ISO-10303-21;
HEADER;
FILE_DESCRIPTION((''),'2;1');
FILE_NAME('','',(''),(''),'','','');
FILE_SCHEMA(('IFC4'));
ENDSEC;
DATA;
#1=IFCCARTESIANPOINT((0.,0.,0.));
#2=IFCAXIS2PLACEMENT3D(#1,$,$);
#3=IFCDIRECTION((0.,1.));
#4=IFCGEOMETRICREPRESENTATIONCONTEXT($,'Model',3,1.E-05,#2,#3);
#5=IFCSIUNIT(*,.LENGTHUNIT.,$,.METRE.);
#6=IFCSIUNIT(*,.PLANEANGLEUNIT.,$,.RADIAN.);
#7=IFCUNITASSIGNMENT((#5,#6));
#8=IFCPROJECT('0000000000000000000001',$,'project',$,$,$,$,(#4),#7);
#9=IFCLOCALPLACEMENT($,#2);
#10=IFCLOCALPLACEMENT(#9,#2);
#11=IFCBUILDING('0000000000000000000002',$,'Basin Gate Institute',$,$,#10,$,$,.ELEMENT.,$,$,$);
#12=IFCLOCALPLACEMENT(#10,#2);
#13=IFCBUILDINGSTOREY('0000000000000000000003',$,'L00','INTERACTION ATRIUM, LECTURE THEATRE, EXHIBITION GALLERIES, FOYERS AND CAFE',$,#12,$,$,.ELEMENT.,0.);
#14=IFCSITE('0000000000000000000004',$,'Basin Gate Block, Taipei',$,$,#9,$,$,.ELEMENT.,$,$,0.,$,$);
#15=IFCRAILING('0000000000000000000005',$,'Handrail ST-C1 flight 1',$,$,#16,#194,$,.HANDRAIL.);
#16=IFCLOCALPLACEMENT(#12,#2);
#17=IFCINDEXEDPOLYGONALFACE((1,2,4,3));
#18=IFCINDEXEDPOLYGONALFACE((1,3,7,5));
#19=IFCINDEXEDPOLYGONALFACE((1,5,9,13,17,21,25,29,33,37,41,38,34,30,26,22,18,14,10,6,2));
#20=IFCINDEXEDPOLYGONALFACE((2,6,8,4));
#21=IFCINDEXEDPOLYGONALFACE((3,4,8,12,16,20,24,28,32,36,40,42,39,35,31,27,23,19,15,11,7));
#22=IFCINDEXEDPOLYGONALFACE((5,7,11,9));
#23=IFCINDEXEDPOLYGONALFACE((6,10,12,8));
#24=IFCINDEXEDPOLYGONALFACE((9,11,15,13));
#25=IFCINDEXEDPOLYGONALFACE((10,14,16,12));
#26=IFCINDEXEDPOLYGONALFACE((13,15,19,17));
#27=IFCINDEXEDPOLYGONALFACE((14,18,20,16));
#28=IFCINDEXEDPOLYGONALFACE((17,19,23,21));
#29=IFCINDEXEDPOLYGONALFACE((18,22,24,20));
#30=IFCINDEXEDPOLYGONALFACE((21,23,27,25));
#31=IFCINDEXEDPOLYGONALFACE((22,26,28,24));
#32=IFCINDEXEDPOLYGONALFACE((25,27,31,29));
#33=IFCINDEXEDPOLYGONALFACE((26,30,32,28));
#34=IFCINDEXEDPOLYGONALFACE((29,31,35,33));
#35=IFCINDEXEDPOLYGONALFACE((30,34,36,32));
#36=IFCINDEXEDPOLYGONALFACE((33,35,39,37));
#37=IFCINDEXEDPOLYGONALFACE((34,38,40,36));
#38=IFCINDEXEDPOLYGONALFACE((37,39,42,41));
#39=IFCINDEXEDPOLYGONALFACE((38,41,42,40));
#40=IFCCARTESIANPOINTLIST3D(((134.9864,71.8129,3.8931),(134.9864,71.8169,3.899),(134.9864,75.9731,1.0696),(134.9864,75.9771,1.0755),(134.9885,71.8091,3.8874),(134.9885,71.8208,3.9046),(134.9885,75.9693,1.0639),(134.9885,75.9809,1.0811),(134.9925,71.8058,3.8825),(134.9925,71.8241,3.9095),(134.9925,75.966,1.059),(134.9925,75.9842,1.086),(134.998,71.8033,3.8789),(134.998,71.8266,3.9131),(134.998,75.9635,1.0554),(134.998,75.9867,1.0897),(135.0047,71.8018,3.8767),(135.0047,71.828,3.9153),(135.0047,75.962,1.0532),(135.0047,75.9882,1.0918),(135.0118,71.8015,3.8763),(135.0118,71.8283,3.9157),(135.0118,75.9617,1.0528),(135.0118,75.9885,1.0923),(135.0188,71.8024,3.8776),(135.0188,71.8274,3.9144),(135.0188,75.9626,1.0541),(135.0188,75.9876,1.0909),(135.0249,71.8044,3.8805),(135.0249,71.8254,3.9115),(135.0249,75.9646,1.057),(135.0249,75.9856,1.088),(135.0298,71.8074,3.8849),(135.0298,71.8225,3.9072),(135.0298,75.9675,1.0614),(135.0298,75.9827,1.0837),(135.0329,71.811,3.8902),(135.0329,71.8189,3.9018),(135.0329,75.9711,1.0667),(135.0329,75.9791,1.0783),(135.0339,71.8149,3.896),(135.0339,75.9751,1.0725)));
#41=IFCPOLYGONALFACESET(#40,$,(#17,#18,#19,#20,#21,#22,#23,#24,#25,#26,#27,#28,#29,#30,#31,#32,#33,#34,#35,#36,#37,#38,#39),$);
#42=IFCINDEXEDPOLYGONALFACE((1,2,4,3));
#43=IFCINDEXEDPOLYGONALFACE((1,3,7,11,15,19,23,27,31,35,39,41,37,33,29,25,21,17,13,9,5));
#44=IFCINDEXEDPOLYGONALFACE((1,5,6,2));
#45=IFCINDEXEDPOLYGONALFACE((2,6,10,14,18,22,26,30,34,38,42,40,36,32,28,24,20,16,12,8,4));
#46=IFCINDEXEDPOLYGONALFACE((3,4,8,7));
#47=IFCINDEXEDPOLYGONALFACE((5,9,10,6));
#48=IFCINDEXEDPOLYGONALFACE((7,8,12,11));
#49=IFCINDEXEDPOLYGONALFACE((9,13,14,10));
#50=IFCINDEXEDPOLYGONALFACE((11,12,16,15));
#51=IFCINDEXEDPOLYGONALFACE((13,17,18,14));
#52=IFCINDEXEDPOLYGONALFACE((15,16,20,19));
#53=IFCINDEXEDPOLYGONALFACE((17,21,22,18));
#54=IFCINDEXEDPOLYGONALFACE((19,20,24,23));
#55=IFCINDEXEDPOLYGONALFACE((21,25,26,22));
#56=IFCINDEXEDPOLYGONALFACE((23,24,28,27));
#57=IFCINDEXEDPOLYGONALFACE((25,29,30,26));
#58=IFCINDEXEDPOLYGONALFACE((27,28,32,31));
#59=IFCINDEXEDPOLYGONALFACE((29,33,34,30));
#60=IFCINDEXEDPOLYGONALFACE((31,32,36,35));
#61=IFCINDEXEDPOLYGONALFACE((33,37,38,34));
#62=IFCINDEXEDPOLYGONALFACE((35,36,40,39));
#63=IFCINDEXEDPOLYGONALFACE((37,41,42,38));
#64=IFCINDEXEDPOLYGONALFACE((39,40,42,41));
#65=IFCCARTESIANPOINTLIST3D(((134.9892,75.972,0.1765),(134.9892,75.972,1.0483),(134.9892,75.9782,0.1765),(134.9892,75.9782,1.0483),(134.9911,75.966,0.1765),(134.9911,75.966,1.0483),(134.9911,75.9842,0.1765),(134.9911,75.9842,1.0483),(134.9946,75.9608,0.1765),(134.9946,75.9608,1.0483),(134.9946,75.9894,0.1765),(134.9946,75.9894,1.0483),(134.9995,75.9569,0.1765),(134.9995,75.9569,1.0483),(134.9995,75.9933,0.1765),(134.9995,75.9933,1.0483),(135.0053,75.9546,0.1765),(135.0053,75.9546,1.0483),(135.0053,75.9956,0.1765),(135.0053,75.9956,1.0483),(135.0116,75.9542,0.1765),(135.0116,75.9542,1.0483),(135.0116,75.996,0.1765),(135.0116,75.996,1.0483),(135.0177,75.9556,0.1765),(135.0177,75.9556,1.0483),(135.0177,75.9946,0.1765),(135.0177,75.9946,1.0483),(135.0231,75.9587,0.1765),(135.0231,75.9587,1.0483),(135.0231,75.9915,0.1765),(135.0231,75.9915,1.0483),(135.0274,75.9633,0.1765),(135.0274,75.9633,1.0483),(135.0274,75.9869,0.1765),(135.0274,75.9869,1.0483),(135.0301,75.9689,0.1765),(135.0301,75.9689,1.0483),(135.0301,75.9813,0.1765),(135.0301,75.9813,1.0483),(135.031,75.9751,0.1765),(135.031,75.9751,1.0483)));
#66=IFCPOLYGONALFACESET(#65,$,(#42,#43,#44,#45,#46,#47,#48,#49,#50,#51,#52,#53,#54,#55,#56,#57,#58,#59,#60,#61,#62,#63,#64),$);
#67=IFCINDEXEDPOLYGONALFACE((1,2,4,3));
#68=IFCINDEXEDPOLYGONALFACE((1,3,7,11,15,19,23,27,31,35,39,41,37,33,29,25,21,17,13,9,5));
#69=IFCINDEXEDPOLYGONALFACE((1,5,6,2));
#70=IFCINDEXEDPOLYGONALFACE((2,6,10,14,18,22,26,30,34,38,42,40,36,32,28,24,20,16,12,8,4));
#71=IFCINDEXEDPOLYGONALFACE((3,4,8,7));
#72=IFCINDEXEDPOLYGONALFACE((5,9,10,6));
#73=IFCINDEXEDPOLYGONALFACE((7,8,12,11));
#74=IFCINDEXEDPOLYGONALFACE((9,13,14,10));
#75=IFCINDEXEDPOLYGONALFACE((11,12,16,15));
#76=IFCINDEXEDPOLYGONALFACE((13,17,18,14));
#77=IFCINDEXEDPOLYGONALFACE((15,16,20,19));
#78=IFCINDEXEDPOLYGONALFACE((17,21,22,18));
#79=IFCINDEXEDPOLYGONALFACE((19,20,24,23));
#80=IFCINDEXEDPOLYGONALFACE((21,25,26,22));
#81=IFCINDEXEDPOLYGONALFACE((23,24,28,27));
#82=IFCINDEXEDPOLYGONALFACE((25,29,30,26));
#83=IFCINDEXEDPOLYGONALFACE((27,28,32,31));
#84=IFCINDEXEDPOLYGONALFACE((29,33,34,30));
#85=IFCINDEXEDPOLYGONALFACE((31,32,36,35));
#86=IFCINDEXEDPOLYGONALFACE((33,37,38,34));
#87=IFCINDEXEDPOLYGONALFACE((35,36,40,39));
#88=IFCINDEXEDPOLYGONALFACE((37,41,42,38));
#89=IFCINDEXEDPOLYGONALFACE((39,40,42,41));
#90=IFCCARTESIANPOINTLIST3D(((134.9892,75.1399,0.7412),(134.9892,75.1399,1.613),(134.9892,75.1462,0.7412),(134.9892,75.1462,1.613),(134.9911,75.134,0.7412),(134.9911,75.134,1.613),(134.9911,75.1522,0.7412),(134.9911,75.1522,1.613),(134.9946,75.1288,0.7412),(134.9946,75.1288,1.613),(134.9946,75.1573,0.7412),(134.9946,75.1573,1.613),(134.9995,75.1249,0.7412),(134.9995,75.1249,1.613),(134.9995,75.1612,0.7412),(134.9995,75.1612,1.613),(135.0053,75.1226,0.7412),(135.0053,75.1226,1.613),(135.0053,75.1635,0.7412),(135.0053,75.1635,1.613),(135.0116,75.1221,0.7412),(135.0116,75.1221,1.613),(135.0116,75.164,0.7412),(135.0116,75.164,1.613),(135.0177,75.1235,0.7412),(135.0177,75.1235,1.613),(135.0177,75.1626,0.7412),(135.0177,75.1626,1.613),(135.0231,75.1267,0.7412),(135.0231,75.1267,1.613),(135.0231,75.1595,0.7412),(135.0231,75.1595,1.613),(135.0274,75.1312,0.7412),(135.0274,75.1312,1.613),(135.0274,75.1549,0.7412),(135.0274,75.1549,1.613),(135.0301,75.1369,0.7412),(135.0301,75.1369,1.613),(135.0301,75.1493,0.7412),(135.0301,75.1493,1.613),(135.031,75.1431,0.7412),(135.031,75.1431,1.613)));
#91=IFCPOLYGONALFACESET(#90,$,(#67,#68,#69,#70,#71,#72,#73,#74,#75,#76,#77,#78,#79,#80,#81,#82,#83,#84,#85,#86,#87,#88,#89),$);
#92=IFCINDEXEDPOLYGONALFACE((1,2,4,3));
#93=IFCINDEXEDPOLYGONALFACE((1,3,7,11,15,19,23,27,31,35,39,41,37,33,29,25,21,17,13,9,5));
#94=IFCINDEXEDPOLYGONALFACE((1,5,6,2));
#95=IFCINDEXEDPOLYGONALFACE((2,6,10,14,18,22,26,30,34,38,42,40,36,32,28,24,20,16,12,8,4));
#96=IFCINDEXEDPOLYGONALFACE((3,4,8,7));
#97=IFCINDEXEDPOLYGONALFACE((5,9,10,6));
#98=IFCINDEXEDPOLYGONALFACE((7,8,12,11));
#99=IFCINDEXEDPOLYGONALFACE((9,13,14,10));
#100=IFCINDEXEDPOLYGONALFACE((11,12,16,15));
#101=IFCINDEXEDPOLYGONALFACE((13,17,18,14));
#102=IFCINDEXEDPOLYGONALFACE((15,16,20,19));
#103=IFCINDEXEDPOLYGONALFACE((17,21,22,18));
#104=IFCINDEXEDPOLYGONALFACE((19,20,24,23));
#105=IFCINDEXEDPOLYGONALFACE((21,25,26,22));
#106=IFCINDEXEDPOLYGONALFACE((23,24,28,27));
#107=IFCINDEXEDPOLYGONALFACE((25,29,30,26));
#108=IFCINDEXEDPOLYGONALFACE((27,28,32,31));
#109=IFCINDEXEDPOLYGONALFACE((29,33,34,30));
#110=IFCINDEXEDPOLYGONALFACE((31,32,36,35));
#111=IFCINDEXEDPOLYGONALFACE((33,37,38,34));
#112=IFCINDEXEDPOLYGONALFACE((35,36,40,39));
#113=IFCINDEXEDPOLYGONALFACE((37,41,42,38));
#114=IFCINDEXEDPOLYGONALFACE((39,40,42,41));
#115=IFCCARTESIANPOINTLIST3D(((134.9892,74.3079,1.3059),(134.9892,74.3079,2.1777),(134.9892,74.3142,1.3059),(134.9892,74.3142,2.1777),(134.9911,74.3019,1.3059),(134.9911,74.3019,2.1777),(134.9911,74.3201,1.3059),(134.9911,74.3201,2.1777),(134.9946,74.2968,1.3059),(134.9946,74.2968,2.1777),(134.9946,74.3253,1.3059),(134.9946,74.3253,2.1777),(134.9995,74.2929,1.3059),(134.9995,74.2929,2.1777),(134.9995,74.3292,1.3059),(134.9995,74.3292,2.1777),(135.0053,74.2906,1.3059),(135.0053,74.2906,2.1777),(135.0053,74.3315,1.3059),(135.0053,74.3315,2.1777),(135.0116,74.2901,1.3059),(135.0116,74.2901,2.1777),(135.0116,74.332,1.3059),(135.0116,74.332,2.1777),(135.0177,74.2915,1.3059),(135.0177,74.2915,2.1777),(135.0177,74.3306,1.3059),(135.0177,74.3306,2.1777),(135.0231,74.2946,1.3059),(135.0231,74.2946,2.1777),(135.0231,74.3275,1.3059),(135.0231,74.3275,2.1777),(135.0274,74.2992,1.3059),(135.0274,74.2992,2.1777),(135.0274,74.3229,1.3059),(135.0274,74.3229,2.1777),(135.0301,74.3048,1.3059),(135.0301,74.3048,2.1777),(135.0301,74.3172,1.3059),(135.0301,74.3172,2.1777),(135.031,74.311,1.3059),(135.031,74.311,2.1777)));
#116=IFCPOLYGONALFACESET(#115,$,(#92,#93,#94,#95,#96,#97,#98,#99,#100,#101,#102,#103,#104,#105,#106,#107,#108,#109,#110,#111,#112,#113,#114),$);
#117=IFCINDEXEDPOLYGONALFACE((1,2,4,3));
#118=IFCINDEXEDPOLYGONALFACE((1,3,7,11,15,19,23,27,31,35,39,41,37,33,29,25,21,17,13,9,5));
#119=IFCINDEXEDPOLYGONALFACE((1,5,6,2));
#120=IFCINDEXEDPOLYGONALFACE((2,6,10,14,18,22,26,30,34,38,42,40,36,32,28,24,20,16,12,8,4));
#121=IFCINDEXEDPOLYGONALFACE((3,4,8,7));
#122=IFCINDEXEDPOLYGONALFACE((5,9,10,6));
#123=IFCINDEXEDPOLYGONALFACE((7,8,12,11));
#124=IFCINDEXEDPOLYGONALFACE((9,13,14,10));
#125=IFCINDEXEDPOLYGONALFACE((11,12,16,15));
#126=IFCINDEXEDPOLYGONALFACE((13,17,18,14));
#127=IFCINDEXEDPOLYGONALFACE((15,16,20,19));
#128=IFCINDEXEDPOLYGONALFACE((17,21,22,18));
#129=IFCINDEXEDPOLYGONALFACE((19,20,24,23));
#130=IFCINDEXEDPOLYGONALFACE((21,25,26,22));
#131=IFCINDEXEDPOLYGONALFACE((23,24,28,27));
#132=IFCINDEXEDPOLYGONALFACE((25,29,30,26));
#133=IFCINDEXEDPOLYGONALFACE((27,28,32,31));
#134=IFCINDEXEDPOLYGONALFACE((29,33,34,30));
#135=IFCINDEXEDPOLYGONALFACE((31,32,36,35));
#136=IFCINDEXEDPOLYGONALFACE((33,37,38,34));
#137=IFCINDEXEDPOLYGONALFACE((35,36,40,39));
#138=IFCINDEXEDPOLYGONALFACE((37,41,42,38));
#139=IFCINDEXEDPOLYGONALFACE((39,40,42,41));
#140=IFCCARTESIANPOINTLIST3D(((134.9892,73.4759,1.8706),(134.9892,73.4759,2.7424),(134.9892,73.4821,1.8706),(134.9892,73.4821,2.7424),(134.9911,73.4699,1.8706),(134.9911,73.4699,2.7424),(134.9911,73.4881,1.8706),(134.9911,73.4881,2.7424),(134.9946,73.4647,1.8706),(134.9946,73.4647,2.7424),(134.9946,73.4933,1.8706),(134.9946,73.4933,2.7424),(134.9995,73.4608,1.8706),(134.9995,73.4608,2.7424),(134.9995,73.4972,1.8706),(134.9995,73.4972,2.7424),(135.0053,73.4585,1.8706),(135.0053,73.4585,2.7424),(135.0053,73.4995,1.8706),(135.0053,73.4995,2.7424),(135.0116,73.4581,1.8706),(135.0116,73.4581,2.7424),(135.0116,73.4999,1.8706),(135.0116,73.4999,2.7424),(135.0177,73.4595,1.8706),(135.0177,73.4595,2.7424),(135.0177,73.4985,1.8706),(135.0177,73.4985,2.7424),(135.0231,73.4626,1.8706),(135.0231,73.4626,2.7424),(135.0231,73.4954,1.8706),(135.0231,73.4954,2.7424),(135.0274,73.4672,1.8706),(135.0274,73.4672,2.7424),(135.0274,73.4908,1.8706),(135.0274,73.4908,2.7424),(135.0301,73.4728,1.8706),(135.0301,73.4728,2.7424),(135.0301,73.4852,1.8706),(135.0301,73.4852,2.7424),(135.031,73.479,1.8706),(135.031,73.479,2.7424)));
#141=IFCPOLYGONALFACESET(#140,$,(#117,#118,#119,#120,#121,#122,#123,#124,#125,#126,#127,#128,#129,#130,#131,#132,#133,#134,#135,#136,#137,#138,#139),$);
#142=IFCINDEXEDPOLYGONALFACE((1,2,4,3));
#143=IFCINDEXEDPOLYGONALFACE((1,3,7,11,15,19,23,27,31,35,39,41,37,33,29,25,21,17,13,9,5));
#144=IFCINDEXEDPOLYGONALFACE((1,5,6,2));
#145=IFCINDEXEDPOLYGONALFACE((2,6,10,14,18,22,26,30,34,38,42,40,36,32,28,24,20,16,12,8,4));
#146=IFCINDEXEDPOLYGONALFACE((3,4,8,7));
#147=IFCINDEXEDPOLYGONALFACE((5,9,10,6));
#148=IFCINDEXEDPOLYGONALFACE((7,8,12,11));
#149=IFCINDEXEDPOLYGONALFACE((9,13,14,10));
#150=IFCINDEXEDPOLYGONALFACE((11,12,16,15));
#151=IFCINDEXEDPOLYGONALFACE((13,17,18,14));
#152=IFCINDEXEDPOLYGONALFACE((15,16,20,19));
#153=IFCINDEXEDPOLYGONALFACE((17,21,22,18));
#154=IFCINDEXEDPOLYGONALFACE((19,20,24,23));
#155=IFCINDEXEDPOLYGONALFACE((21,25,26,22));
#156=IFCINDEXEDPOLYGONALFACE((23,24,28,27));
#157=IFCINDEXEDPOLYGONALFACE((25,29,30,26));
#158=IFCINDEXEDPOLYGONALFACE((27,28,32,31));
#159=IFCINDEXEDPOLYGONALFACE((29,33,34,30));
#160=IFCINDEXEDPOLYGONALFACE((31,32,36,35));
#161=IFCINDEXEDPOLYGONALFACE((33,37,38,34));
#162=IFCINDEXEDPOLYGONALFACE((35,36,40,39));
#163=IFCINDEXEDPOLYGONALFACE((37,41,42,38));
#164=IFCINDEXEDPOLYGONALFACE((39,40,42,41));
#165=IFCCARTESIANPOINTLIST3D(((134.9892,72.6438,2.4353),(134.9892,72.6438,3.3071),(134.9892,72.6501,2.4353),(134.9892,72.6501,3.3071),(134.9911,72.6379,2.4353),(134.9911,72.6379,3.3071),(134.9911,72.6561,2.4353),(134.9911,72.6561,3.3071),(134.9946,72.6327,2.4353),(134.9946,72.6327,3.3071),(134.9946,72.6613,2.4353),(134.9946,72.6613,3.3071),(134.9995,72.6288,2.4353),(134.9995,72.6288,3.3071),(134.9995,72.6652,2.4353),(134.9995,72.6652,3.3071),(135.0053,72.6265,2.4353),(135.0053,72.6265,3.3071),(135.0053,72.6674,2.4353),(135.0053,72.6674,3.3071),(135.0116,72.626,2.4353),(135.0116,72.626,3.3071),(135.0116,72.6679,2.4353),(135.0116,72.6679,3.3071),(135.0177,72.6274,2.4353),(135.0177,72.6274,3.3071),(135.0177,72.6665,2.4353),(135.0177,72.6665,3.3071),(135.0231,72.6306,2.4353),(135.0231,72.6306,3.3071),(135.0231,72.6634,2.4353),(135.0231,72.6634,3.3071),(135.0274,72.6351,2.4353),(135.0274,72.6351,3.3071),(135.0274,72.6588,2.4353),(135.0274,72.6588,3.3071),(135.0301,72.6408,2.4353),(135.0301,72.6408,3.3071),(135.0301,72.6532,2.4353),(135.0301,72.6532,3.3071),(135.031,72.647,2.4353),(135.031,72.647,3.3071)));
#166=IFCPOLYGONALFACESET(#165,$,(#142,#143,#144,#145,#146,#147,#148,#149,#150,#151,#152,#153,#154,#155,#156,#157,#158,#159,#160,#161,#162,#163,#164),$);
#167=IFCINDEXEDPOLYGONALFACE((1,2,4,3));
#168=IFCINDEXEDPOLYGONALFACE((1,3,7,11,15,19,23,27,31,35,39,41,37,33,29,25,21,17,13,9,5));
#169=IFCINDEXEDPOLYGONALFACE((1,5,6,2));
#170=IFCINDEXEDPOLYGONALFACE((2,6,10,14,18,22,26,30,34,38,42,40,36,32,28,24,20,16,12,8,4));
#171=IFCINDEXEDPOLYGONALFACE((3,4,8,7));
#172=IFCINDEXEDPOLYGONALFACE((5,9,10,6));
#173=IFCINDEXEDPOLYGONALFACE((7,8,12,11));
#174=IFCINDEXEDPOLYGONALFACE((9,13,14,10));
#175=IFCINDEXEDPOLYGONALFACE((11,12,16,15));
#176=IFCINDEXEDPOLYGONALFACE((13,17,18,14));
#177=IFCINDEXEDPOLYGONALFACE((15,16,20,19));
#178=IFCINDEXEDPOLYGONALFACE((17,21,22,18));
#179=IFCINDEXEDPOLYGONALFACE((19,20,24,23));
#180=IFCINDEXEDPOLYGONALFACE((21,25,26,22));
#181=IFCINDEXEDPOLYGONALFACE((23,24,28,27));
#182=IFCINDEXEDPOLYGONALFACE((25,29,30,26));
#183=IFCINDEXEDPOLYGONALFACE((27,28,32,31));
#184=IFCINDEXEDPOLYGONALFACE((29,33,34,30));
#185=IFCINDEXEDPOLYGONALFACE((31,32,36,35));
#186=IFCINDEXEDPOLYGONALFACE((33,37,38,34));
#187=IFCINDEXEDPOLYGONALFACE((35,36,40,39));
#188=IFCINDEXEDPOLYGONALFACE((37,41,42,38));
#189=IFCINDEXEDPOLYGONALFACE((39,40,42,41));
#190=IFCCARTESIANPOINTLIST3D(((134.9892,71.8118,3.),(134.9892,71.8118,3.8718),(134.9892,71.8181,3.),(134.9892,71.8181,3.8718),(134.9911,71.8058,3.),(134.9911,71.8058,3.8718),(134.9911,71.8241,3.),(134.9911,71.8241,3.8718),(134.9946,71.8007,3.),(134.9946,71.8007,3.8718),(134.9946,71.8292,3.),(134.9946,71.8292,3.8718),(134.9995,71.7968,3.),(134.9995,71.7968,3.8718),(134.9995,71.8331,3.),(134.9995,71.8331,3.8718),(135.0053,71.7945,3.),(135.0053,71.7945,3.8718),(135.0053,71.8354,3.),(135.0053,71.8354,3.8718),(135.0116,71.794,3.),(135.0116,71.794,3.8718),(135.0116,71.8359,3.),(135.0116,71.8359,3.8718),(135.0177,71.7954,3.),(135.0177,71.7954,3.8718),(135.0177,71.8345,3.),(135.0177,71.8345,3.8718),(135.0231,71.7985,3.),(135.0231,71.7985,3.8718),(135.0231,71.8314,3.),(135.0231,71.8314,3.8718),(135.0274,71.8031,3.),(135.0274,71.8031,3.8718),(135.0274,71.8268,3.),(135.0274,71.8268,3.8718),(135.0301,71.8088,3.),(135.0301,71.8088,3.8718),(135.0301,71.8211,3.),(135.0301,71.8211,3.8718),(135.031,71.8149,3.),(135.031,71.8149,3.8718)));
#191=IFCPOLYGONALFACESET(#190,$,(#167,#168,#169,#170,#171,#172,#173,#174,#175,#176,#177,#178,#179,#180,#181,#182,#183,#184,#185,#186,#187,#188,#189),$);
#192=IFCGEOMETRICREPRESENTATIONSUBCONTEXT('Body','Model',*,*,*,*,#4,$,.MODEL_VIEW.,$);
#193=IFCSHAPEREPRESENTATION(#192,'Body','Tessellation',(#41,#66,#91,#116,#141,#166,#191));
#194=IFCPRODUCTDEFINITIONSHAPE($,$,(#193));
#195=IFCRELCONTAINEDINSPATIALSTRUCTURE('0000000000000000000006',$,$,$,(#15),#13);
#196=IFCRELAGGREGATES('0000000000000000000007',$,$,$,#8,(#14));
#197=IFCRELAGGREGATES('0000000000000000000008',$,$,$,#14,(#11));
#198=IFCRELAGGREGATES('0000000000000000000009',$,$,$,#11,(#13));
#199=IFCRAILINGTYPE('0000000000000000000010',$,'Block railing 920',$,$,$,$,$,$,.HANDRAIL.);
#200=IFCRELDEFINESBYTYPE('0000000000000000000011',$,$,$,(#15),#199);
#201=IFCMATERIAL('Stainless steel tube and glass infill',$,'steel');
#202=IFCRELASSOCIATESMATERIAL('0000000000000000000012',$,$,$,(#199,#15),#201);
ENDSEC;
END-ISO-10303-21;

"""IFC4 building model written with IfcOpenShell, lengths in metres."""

from ifc_helpers import new_model, si_unit, direction, frame, origin, origin_2d, place, context, subcontext, project, spatial, circle, extrude, material, type_object, element, save


model = new_model("IFC4")

# Units and contexts
model_context = context("Model", 3, precision=1e-05, world=origin(), true_north=direction((0.0, 1.0)))
body_context = subcontext(model_context, "Body", "Model", "MODEL_VIEW")
ifc_project = project(units=[si_unit("LENGTHUNIT", "METRE"), si_unit("PLANEANGLEUNIT", "RADIAN")], contexts=[model_context])

# Site, building, storey
site_placement = place(None, origin())
site = spatial("IfcSite", under=ifc_project, at=site_placement, Name="Basin Gate Block, Taipei", CompositionType="ELEMENT", RefElevation=0.0)
building_placement = place(site_placement, origin())
building = spatial("IfcBuilding", under=site, at=building_placement, Name="Basin Gate Institute", CompositionType="ELEMENT")
storey_placement = place(building_placement, origin())
storey = spatial("IfcBuildingStorey", under=building, at=storey_placement, Name="L00", Description="INTERACTION ATRIUM, LECTURE THEATRE, EXHIBITION GALLERIES, FOYERS AND CAFE", CompositionType="ELEMENT", Elevation=0.0)

# Railing
ifc_material_1 = material(Name="Stainless steel tube and glass infill", Category="steel")
railing_type = type_object("IfcRailingType", Name="Block railing 920", PredefinedType="HANDRAIL", material=ifc_material_1)
for number, where, name in (
    (1, (135.01, 75.9751, 0.1765), "Handrail ST-C1 flight 1"),
):
    element("IfcRailing", number, at=place(storey_placement, frame(where)), inside=storey, type_object=railing_type, material=ifc_material_1, Name=name, PredefinedType="HANDRAIL", context=body_context, shape_type="SweptSolid", body=[
        extrude(circle(Radius=0.0239, at=origin_2d()), frame((0.0, 0.0, 0.896), z_axis=(0.0, -0.827427, 0.561573), x_axis=(1.0, 0.0, 0.0)), (0.0, 0.0, 1.0), 5.0278),
        extrude(circle(Radius=0.021, at=origin_2d()), origin(), (0.0, 0.0, 1.0), 0.8718),
        extrude(circle(Radius=0.021, at=origin_2d()), frame((0.0, -0.832, 0.5647)), (0.0, 0.0, 1.0), 0.8718),
        extrude(circle(Radius=0.021, at=origin_2d()), frame((0.0, -1.6641, 1.1294)), (0.0, 0.0, 1.0), 0.8718),
        extrude(circle(Radius=0.021, at=origin_2d()), frame((0.0, -2.4961, 1.6941)), (0.0, 0.0, 1.0), 0.8718),
        extrude(circle(Radius=0.021, at=origin_2d()), frame((0.0, -3.3281, 2.2588)), (0.0, 0.0, 1.0), 0.8718),
        extrude(circle(Radius=0.021, at=origin_2d()), frame((0.0, -4.1602, 2.8235)), (0.0, 0.0, 1.0), 0.8718),
    ])

save(model, "model.ifc")
